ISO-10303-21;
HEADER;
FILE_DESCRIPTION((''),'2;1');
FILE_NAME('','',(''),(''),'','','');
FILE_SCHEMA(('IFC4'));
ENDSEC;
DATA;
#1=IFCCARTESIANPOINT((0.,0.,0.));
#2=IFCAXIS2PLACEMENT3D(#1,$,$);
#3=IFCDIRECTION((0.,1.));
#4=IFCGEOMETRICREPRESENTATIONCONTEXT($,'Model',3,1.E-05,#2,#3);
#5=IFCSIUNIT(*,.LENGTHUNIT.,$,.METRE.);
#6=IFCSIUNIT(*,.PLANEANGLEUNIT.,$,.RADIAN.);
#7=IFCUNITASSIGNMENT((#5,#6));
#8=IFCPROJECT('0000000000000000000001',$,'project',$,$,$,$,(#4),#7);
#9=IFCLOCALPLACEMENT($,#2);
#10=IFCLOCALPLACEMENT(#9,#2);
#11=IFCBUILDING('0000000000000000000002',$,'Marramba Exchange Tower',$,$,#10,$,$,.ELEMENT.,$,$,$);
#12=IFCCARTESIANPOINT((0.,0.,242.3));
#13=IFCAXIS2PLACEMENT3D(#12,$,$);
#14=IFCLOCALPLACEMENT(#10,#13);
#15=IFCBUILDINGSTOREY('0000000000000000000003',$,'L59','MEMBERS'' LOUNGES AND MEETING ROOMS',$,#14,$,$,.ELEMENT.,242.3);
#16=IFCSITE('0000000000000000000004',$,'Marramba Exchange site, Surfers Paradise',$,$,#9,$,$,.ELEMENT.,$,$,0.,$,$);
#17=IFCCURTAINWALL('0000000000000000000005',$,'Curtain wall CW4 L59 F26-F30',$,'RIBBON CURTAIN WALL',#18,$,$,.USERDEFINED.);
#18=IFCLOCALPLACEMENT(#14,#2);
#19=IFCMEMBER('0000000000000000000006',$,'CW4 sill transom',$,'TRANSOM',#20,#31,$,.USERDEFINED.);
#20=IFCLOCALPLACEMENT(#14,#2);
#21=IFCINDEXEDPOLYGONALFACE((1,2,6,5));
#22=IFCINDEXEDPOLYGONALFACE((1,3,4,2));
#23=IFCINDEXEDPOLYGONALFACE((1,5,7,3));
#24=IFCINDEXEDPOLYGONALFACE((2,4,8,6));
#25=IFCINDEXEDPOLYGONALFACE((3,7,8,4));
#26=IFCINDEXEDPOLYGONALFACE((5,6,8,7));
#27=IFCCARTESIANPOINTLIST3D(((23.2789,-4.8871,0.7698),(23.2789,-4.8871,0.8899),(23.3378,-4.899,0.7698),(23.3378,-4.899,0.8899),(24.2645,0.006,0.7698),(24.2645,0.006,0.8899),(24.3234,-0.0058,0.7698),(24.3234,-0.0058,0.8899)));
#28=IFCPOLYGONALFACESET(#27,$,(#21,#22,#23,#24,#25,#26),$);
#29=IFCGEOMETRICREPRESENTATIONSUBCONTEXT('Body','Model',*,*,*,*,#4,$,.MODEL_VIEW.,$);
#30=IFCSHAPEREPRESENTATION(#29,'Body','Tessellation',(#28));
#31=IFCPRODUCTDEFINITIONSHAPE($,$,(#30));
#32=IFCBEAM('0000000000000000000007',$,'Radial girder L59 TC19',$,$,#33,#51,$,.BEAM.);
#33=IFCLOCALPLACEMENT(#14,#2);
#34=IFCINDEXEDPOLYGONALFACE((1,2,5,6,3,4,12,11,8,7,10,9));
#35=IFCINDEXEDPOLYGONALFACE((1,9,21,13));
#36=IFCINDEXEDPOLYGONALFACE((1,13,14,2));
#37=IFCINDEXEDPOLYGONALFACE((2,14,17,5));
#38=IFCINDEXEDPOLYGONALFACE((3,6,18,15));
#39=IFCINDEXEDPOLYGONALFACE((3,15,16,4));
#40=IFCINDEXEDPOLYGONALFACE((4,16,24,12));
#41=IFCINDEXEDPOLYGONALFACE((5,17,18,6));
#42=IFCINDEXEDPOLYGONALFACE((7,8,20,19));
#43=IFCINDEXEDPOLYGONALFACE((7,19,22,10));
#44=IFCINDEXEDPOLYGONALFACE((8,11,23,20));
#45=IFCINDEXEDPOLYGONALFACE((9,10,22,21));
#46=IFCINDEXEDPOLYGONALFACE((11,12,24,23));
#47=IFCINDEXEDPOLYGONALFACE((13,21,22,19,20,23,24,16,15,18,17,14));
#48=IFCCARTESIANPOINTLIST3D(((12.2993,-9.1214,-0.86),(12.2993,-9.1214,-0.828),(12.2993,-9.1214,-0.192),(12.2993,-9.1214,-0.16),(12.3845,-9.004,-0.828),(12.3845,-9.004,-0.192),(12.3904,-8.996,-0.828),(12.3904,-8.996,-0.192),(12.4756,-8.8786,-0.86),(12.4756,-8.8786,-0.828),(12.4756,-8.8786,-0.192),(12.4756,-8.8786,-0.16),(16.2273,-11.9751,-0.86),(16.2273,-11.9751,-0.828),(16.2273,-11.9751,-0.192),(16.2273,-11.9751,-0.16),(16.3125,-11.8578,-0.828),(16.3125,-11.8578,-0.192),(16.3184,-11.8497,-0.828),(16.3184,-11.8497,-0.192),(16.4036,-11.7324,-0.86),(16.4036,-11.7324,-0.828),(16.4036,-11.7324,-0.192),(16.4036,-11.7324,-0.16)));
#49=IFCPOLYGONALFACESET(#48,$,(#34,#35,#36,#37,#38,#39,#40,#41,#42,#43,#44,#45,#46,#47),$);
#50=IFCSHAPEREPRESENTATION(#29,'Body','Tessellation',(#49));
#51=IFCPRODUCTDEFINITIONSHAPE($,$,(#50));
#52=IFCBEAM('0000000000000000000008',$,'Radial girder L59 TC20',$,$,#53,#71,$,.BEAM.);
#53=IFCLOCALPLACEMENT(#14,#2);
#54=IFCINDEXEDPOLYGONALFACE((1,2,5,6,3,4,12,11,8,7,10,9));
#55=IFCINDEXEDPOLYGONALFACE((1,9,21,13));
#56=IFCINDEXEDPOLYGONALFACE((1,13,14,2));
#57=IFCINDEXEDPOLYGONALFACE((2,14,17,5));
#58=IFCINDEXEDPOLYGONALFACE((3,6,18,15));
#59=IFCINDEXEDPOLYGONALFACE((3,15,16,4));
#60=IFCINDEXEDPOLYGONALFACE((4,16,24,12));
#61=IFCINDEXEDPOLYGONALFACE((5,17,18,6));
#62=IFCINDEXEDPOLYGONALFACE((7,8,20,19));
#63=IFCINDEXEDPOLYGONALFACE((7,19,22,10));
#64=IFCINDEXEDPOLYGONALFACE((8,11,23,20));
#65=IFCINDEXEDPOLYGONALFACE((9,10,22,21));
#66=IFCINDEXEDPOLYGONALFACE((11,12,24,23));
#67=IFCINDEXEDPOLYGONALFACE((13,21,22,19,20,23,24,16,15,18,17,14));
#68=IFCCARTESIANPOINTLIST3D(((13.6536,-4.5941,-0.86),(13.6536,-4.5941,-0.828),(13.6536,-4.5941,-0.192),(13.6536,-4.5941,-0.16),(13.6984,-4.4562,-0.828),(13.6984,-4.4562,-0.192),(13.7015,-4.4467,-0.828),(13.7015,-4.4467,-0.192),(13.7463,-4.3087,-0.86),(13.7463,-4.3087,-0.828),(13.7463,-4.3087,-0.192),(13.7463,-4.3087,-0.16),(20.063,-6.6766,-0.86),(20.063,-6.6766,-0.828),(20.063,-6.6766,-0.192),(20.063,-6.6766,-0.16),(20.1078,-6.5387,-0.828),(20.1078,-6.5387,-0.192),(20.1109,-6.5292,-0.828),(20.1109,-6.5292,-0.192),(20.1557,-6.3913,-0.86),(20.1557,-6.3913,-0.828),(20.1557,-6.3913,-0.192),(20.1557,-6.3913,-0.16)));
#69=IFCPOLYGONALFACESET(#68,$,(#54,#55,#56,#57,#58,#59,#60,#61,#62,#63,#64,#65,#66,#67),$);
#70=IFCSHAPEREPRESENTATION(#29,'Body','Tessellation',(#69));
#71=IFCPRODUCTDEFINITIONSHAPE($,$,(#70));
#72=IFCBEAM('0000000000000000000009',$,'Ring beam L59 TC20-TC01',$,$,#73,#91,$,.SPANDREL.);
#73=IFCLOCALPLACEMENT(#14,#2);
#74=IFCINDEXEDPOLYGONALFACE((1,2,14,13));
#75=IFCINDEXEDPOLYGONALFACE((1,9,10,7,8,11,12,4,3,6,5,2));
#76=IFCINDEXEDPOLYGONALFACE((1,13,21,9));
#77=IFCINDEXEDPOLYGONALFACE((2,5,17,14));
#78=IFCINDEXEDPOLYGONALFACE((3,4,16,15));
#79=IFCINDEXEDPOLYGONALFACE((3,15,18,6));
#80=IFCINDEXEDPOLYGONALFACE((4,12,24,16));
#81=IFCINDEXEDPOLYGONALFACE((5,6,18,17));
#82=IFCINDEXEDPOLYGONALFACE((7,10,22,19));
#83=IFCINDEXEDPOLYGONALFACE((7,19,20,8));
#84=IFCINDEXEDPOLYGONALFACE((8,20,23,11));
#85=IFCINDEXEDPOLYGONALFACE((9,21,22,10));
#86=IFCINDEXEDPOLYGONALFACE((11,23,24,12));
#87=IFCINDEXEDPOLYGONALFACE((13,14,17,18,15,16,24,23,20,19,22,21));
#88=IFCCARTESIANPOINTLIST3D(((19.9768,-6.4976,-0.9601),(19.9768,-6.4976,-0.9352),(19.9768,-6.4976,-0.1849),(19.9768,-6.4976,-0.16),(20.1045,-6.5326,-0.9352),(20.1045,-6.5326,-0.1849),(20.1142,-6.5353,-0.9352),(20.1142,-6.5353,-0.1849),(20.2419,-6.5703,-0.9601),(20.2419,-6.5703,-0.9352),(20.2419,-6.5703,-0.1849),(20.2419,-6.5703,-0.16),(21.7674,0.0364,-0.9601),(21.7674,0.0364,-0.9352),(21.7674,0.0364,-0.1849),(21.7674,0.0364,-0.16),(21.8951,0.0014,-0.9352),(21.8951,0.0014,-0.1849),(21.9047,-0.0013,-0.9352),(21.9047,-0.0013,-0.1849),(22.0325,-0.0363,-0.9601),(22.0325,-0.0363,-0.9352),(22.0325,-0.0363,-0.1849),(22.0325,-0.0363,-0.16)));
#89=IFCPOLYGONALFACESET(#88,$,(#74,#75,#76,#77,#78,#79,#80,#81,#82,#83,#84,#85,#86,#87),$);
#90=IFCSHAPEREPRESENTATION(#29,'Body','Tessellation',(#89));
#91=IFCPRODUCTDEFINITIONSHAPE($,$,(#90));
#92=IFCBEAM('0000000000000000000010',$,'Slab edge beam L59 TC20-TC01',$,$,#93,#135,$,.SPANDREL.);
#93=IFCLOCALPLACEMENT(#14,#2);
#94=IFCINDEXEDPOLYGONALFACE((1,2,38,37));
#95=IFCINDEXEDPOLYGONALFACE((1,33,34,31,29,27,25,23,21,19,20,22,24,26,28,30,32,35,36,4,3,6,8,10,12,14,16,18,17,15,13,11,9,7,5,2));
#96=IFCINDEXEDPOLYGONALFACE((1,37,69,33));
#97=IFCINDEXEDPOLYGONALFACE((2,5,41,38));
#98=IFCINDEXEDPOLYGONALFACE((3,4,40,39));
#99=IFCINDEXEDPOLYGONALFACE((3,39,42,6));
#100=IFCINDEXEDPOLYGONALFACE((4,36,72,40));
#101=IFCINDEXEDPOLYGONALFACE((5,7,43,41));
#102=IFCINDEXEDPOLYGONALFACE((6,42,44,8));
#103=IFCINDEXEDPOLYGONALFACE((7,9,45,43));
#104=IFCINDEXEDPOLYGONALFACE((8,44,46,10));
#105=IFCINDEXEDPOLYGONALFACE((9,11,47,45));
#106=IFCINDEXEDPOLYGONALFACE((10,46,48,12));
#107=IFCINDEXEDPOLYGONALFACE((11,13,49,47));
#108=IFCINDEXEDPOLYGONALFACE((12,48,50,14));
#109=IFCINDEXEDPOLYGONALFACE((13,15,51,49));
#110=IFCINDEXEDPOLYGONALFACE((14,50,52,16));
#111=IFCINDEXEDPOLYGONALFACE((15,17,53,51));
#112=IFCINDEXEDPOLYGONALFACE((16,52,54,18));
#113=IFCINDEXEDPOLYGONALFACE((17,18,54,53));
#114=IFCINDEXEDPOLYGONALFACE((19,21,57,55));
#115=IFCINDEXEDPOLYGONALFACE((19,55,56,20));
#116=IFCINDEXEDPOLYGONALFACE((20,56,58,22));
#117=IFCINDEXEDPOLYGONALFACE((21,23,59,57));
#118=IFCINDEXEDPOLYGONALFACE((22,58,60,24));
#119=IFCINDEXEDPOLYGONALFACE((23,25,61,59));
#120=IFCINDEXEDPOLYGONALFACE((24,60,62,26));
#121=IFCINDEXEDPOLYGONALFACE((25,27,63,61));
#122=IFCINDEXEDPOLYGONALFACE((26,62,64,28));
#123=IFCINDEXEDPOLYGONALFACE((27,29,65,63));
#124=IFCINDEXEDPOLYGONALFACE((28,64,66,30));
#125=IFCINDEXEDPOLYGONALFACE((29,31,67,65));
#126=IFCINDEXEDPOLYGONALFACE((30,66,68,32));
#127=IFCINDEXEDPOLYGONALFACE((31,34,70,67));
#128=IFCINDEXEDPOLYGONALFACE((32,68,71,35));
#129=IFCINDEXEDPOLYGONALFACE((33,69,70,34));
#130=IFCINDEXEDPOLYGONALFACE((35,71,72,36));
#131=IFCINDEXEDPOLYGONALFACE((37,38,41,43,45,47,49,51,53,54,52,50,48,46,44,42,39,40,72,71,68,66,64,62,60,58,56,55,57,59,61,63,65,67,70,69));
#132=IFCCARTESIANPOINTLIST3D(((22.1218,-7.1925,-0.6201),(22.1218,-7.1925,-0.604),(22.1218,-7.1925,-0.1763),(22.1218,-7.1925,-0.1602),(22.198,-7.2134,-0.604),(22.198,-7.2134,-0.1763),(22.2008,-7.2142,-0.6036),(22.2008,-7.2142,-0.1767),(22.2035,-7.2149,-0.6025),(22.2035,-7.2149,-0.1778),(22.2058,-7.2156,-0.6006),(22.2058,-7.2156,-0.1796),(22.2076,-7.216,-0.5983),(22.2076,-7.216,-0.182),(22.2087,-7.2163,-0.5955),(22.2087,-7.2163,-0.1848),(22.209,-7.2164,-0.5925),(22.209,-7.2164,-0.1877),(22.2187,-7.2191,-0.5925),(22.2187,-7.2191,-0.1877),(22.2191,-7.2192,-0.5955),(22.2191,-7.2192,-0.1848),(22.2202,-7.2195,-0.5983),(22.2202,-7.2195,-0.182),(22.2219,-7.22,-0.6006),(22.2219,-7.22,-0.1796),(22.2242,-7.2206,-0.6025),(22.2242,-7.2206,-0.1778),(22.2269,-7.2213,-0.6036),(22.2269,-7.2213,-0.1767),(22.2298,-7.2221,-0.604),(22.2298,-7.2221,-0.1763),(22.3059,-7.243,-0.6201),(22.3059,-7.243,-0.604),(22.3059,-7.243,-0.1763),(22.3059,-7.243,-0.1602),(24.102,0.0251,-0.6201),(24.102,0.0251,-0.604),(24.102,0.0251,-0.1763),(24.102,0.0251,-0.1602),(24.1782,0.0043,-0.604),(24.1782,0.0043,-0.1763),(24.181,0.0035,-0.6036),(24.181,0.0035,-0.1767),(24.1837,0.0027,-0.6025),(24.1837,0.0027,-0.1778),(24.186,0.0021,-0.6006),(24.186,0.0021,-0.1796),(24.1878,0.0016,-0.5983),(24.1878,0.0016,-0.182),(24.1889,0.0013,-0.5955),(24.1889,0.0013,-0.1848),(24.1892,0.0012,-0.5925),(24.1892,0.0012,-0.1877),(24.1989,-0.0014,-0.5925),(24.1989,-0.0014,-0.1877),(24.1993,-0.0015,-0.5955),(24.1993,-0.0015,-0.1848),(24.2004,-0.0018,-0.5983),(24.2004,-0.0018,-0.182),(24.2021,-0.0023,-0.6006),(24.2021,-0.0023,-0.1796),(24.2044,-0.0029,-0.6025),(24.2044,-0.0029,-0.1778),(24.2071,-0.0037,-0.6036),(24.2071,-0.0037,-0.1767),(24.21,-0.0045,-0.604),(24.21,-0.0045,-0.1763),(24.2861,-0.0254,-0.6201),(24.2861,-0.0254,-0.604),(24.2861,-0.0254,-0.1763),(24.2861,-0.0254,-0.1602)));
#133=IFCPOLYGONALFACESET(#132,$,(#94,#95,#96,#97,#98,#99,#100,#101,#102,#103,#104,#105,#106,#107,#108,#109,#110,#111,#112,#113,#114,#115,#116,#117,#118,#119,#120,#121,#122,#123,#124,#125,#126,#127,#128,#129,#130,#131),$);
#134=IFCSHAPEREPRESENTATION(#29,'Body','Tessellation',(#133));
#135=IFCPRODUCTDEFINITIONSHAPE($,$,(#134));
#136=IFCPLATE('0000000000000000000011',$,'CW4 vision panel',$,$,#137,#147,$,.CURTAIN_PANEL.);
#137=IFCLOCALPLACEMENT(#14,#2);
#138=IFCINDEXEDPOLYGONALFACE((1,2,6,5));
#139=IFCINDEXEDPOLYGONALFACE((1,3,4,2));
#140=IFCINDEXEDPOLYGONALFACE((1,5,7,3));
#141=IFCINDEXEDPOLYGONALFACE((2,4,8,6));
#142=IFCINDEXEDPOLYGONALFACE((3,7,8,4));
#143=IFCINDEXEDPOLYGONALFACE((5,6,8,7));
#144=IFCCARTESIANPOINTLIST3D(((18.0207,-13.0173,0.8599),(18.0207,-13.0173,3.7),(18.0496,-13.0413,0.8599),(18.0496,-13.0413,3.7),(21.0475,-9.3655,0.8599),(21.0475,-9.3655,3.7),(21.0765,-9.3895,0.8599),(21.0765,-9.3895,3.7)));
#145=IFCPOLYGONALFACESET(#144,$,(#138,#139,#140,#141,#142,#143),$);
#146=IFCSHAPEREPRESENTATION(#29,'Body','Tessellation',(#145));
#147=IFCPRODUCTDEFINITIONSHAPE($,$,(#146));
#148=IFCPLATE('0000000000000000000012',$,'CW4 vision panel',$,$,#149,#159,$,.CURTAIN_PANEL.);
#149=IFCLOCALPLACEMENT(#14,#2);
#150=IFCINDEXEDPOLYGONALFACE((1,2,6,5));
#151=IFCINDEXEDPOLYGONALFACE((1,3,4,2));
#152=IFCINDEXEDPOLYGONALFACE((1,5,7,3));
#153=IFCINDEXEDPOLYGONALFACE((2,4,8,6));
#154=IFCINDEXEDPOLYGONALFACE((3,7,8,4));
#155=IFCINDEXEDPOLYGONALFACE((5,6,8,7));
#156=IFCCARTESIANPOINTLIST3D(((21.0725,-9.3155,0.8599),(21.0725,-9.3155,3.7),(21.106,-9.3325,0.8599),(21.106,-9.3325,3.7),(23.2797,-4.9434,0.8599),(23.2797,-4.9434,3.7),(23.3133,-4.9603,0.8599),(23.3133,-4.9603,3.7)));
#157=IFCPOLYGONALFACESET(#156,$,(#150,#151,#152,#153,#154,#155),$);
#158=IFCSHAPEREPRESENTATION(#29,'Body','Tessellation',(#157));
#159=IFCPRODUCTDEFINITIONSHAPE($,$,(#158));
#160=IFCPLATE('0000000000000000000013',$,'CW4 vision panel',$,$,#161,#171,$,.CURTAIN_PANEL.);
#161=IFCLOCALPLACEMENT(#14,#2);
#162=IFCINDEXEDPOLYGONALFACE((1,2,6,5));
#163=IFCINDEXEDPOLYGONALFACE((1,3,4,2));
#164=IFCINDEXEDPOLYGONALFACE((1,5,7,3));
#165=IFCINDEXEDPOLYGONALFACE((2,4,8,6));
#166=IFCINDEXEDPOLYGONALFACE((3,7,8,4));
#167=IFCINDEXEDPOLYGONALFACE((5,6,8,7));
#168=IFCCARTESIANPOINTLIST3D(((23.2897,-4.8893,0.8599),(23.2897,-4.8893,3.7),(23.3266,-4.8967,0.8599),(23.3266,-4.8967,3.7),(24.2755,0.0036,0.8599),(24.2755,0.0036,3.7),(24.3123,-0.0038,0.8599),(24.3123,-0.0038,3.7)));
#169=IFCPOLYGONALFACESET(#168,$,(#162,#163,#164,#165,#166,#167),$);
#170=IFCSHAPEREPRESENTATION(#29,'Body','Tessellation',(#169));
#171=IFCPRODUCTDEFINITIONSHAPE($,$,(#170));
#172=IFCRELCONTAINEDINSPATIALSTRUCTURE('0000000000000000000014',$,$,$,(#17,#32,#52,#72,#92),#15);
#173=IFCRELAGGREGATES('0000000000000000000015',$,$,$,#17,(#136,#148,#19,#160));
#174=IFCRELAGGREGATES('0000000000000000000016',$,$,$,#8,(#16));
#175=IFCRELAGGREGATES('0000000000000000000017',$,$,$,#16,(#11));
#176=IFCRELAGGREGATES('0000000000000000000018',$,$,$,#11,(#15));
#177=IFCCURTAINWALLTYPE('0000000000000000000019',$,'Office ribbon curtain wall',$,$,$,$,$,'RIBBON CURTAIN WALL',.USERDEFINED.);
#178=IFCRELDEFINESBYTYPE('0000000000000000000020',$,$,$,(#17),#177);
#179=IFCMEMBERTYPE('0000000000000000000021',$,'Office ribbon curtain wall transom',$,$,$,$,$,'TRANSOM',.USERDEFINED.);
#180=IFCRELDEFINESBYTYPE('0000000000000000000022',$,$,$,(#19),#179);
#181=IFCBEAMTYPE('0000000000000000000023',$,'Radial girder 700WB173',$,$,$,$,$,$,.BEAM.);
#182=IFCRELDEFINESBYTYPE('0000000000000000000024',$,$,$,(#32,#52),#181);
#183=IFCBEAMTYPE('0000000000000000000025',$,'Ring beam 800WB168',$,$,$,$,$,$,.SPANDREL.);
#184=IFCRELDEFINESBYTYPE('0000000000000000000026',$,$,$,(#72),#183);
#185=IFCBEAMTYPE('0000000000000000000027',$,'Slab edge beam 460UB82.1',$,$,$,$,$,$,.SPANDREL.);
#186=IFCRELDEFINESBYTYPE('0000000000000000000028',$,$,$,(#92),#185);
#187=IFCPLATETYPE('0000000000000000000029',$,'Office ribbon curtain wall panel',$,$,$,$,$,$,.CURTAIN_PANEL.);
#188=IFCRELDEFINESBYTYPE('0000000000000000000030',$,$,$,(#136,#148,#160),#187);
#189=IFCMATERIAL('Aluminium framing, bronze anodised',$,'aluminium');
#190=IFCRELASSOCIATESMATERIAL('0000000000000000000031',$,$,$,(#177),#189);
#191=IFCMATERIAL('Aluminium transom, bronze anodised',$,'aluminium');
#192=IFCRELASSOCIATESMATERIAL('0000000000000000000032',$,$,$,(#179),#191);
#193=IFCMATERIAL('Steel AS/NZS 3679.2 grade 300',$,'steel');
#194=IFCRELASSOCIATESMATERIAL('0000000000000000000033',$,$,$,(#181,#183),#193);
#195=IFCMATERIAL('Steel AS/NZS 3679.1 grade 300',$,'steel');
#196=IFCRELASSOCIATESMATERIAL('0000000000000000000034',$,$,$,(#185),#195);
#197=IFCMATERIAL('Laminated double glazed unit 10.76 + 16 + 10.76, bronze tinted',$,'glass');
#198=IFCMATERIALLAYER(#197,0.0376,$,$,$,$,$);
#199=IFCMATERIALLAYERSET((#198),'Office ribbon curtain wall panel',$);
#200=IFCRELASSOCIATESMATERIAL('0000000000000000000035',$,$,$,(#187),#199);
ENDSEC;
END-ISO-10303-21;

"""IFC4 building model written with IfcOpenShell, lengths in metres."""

from ifc_helpers import new_model, si_unit, direction, frame, origin, origin_2d, place, context, subcontext, project, spatial, rectangle, i_section, extrude, material, layer, layer_set, material_profile, profile_set, type_object, element, aggregate, save


model = new_model("IFC4")

# Units and contexts
model_context = context("Model", 3, precision=1e-05, world=origin(), true_north=direction((0.0, 1.0)))
body_context = subcontext(model_context, "Body", "Model", "MODEL_VIEW")
ifc_project = project(units=[si_unit("LENGTHUNIT", "METRE"), si_unit("PLANEANGLEUNIT", "RADIAN")], contexts=[model_context])

# Site, building, storey
site_placement = place(None, origin())
site = spatial("IfcSite", under=ifc_project, at=site_placement, Name="Marramba Exchange site, Surfers Paradise", CompositionType="ELEMENT", RefElevation=0.0)
building_placement = place(site_placement, origin())
building = spatial("IfcBuilding", under=site, at=building_placement, Name="Marramba Exchange Tower", CompositionType="ELEMENT")
storey_placement = place(building_placement, frame((0.0, 0.0, 242.3)))
storey = spatial("IfcBuildingStorey", under=building, at=storey_placement, Name="L59", Description="MEMBERS' LOUNGES AND MEETING ROOMS", CompositionType="ELEMENT", Elevation=242.3)

# Shared definitions
ifc_material_1 = material(Name="Steel AS/NZS 3679.2 grade 300", Category="steel")
ifc_material_2 = material(Name="Steel AS/NZS 3679.1 grade 300", Category="steel")

# Curtain wall, member
ifc_material_3 = material(Name="Aluminium framing, bronze anodised", Category="aluminium")
curtain_wall_type = type_object("IfcCurtainWallType", Name="Office ribbon curtain wall", ElementType="RIBBON CURTAIN WALL", PredefinedType="USERDEFINED", material=ifc_material_3)
curtain_wall_placement = place(storey_placement, origin())
curtain_wall = element("IfcCurtainWall", 1, at=curtain_wall_placement, inside=storey, type_object=curtain_wall_type, Name="Curtain wall CW4 L59 F26-F30", ObjectType="RIBBON CURTAIN WALL", PredefinedType="USERDEFINED")
ifc_material_4 = material(Name="Aluminium transom, bronze anodised", Category="aluminium")
ifc_material_profile_1 = material_profile(ifc_material_4, rectangle(XDim=0.0601, YDim=0.1201, at=origin_2d()), Name="CW4 transom 60x120")
ifc_profile_set_1 = profile_set([ifc_material_profile_1], Name="Aluminium transom, bronze anodised")
member_type_1 = type_object("IfcMemberType", Name="Office ribbon curtain wall transom", ElementType="TRANSOM", PredefinedType="USERDEFINED", material=ifc_profile_set_1)
member_1_placement = place(storey_placement, frame((23.3083, -4.8931, 0.8298), z_axis=(0.197461, 0.980311, 0.0), x_axis=(-0.980311, 0.197461, 0.0)))
member_1 = element("IfcMember", 2, at=member_1_placement, type_object=member_type_1, Name="CW4 sill transom", ObjectType="TRANSOM", PredefinedType="USERDEFINED", context=body_context, shape_type="SweptSolid", body=[
    extrude(rectangle(XDim=0.0601, YDim=0.1201, at=origin_2d()), origin(), (0.0, 0.0, 1.0), 4.9915),
])

# Beams
ifc_material_profile_2 = material_profile(ifc_material_1, i_section(OverallWidth=0.3, OverallDepth=0.7, WebThickness=0.01, FlangeThickness=0.032, at=origin_2d()), Name="700WB173")
ifc_profile_set_2 = profile_set([ifc_material_profile_2], Name="Steel AS/NZS 3679.2 grade 300")
beam_type_1 = type_object("IfcBeamType", Name="Radial girder 700WB173", PredefinedType="BEAM", material=ifc_profile_set_2)
beam_1_placement = place(storey_placement, frame((12.3875, -9.0, -0.51), z_axis=(0.809025, -0.587774, 0.0), x_axis=(0.587774, 0.809025, 0.0)))
element("IfcBeam", 3, at=beam_1_placement, inside=storey, type_object=beam_type_1, Name="Radial girder L59 TC19", PredefinedType="BEAM", context=body_context, shape_type="SweptSolid", body=[
    extrude(i_section(OverallWidth=0.3, OverallDepth=0.7, WebThickness=0.01, FlangeThickness=0.032, at=origin_2d()), origin(), (0.0, 0.0, 1.0), 4.8552),
])
beam_2_placement = place(storey_placement, frame((13.7, -4.4514, -0.51), z_axis=(0.951058, -0.309013, 0.0), x_axis=(0.309013, 0.951058, 0.0)))
element("IfcBeam", 4, at=beam_2_placement, inside=storey, type_object=beam_type_1, Name="Radial girder L59 TC20", PredefinedType="BEAM", context=body_context, shape_type="SweptSolid", body=[
    extrude(i_section(OverallWidth=0.3, OverallDepth=0.7, WebThickness=0.01, FlangeThickness=0.032, at=origin_2d()), origin(), (0.0, 0.0, 1.0), 6.7393),
])
ifc_material_profile_3 = material_profile(ifc_material_1, i_section(OverallWidth=0.2749, OverallDepth=0.8, WebThickness=0.01, FlangeThickness=0.0249, at=origin_2d()), Name="800WB168")
ifc_profile_set_3 = profile_set([ifc_material_profile_3], Name="Steel AS/NZS 3679.2 grade 300")
beam_type_2 = type_object("IfcBeamType", Name="Ring beam 800WB168", PredefinedType="SPANDREL", material=ifc_profile_set_3)
beam_3_placement = place(storey_placement, frame((20.1094, -6.5339, -0.5601), z_axis=(0.264291, 0.964443, 0.0), x_axis=(-0.964443, 0.264291, 0.0)))
element("IfcBeam", 5, at=beam_3_placement, inside=storey, type_object=beam_type_2, Name="Ring beam L59 TC20-TC01", PredefinedType="SPANDREL", context=body_context, shape_type="SweptSolid", body=[
    extrude(i_section(OverallWidth=0.2749, OverallDepth=0.8, WebThickness=0.01, FlangeThickness=0.0249, at=origin_2d()), origin(), (0.0, 0.0, 1.0), 6.7749),
])
ifc_material_profile_4 = material_profile(ifc_material_2, i_section(OverallWidth=0.1909, OverallDepth=0.46, WebThickness=0.01, FlangeThickness=0.0161, FilletRadius=0.0115, at=origin_2d()), Name="460UB82.1")
ifc_profile_set_4 = profile_set([ifc_material_profile_4], Name="Steel AS/NZS 3679.1 grade 300")
beam_type_3 = type_object("IfcBeamType", Name="Slab edge beam 460UB82.1", PredefinedType="SPANDREL", material=ifc_profile_set_4)
beam_4_placement = place(storey_placement, frame((22.2139, -7.2178, -0.3901), z_axis=(0.264577, 0.964365, 0.0), x_axis=(-0.964365, 0.264577, 0.0)))
element("IfcBeam", 6, at=beam_4_placement, inside=storey, type_object=beam_type_3, Name="Slab edge beam L59 TC20-TC01", PredefinedType="SPANDREL", context=body_context, shape_type="SweptSolid", body=[
    extrude(i_section(OverallWidth=0.1909, OverallDepth=0.46, WebThickness=0.01, FlangeThickness=0.0161, FilletRadius=0.0115, at=origin_2d()), origin(), (0.0, 0.0, 1.0), 7.4844),
])

# Plates
ifc_material_5 = material(Name="Laminated double glazed unit 10.76 + 16 + 10.76, bronze tinted", Category="glass")
ifc_layer_1 = layer(ifc_material_5, 0.0376)
ifc_layer_set_1 = layer_set([ifc_layer_1], Name="Office ribbon curtain wall panel")
plate_type = type_object("IfcPlateType", Name="Office ribbon curtain wall panel", PredefinedType="CURTAIN_PANEL", material=ifc_layer_set_1)
plate_1_placement = place(storey_placement, frame((19.5486, -11.2034, 0.8599), z_axis=(0.0, 0.0, 1.0), x_axis=(0.63815, 0.769912, 0.0)))
plate_1 = element("IfcPlate", 7, at=plate_1_placement, type_object=plate_type, Name="CW4 vision panel", PredefinedType="CURTAIN_PANEL", context=body_context, shape_type="SweptSolid", body=[
    extrude(rectangle(XDim=4.7432, YDim=0.0376, at=origin_2d()), origin(), (0.0, 0.0, 1.0), 2.8401),
])
plate_2_placement = place(storey_placement, frame((22.1929, -7.1379, 0.8599), z_axis=(0.0, 0.0, 1.0), x_axis=(0.450673, 0.892689, 0.0)))
plate_2 = element("IfcPlate", 8, at=plate_2_placement, type_object=plate_type, Name="CW4 vision panel", PredefinedType="CURTAIN_PANEL", context=body_context, shape_type="SweptSolid", body=[
    extrude(rectangle(XDim=4.8977, YDim=0.0376, at=origin_2d()), origin(), (0.0, 0.0, 1.0), 2.8401),
])
plate_3_placement = place(storey_placement, frame((23.801, -2.4465, 0.8599), z_axis=(0.0, 0.0, 1.0), x_axis=(0.197495, 0.980304, 0.0)))
plate_3 = element("IfcPlate", 9, at=plate_3_placement, type_object=plate_type, Name="CW4 vision panel", PredefinedType="CURTAIN_PANEL", context=body_context, shape_type="SweptSolid", body=[
    extrude(rectangle(XDim=4.9912, YDim=0.0376, at=origin_2d()), origin(), (0.0, 0.0, 1.0), 2.8401),
])
aggregate(curtain_wall, [plate_1, plate_2, member_1, plate_3])

save(model, "model.ifc")
